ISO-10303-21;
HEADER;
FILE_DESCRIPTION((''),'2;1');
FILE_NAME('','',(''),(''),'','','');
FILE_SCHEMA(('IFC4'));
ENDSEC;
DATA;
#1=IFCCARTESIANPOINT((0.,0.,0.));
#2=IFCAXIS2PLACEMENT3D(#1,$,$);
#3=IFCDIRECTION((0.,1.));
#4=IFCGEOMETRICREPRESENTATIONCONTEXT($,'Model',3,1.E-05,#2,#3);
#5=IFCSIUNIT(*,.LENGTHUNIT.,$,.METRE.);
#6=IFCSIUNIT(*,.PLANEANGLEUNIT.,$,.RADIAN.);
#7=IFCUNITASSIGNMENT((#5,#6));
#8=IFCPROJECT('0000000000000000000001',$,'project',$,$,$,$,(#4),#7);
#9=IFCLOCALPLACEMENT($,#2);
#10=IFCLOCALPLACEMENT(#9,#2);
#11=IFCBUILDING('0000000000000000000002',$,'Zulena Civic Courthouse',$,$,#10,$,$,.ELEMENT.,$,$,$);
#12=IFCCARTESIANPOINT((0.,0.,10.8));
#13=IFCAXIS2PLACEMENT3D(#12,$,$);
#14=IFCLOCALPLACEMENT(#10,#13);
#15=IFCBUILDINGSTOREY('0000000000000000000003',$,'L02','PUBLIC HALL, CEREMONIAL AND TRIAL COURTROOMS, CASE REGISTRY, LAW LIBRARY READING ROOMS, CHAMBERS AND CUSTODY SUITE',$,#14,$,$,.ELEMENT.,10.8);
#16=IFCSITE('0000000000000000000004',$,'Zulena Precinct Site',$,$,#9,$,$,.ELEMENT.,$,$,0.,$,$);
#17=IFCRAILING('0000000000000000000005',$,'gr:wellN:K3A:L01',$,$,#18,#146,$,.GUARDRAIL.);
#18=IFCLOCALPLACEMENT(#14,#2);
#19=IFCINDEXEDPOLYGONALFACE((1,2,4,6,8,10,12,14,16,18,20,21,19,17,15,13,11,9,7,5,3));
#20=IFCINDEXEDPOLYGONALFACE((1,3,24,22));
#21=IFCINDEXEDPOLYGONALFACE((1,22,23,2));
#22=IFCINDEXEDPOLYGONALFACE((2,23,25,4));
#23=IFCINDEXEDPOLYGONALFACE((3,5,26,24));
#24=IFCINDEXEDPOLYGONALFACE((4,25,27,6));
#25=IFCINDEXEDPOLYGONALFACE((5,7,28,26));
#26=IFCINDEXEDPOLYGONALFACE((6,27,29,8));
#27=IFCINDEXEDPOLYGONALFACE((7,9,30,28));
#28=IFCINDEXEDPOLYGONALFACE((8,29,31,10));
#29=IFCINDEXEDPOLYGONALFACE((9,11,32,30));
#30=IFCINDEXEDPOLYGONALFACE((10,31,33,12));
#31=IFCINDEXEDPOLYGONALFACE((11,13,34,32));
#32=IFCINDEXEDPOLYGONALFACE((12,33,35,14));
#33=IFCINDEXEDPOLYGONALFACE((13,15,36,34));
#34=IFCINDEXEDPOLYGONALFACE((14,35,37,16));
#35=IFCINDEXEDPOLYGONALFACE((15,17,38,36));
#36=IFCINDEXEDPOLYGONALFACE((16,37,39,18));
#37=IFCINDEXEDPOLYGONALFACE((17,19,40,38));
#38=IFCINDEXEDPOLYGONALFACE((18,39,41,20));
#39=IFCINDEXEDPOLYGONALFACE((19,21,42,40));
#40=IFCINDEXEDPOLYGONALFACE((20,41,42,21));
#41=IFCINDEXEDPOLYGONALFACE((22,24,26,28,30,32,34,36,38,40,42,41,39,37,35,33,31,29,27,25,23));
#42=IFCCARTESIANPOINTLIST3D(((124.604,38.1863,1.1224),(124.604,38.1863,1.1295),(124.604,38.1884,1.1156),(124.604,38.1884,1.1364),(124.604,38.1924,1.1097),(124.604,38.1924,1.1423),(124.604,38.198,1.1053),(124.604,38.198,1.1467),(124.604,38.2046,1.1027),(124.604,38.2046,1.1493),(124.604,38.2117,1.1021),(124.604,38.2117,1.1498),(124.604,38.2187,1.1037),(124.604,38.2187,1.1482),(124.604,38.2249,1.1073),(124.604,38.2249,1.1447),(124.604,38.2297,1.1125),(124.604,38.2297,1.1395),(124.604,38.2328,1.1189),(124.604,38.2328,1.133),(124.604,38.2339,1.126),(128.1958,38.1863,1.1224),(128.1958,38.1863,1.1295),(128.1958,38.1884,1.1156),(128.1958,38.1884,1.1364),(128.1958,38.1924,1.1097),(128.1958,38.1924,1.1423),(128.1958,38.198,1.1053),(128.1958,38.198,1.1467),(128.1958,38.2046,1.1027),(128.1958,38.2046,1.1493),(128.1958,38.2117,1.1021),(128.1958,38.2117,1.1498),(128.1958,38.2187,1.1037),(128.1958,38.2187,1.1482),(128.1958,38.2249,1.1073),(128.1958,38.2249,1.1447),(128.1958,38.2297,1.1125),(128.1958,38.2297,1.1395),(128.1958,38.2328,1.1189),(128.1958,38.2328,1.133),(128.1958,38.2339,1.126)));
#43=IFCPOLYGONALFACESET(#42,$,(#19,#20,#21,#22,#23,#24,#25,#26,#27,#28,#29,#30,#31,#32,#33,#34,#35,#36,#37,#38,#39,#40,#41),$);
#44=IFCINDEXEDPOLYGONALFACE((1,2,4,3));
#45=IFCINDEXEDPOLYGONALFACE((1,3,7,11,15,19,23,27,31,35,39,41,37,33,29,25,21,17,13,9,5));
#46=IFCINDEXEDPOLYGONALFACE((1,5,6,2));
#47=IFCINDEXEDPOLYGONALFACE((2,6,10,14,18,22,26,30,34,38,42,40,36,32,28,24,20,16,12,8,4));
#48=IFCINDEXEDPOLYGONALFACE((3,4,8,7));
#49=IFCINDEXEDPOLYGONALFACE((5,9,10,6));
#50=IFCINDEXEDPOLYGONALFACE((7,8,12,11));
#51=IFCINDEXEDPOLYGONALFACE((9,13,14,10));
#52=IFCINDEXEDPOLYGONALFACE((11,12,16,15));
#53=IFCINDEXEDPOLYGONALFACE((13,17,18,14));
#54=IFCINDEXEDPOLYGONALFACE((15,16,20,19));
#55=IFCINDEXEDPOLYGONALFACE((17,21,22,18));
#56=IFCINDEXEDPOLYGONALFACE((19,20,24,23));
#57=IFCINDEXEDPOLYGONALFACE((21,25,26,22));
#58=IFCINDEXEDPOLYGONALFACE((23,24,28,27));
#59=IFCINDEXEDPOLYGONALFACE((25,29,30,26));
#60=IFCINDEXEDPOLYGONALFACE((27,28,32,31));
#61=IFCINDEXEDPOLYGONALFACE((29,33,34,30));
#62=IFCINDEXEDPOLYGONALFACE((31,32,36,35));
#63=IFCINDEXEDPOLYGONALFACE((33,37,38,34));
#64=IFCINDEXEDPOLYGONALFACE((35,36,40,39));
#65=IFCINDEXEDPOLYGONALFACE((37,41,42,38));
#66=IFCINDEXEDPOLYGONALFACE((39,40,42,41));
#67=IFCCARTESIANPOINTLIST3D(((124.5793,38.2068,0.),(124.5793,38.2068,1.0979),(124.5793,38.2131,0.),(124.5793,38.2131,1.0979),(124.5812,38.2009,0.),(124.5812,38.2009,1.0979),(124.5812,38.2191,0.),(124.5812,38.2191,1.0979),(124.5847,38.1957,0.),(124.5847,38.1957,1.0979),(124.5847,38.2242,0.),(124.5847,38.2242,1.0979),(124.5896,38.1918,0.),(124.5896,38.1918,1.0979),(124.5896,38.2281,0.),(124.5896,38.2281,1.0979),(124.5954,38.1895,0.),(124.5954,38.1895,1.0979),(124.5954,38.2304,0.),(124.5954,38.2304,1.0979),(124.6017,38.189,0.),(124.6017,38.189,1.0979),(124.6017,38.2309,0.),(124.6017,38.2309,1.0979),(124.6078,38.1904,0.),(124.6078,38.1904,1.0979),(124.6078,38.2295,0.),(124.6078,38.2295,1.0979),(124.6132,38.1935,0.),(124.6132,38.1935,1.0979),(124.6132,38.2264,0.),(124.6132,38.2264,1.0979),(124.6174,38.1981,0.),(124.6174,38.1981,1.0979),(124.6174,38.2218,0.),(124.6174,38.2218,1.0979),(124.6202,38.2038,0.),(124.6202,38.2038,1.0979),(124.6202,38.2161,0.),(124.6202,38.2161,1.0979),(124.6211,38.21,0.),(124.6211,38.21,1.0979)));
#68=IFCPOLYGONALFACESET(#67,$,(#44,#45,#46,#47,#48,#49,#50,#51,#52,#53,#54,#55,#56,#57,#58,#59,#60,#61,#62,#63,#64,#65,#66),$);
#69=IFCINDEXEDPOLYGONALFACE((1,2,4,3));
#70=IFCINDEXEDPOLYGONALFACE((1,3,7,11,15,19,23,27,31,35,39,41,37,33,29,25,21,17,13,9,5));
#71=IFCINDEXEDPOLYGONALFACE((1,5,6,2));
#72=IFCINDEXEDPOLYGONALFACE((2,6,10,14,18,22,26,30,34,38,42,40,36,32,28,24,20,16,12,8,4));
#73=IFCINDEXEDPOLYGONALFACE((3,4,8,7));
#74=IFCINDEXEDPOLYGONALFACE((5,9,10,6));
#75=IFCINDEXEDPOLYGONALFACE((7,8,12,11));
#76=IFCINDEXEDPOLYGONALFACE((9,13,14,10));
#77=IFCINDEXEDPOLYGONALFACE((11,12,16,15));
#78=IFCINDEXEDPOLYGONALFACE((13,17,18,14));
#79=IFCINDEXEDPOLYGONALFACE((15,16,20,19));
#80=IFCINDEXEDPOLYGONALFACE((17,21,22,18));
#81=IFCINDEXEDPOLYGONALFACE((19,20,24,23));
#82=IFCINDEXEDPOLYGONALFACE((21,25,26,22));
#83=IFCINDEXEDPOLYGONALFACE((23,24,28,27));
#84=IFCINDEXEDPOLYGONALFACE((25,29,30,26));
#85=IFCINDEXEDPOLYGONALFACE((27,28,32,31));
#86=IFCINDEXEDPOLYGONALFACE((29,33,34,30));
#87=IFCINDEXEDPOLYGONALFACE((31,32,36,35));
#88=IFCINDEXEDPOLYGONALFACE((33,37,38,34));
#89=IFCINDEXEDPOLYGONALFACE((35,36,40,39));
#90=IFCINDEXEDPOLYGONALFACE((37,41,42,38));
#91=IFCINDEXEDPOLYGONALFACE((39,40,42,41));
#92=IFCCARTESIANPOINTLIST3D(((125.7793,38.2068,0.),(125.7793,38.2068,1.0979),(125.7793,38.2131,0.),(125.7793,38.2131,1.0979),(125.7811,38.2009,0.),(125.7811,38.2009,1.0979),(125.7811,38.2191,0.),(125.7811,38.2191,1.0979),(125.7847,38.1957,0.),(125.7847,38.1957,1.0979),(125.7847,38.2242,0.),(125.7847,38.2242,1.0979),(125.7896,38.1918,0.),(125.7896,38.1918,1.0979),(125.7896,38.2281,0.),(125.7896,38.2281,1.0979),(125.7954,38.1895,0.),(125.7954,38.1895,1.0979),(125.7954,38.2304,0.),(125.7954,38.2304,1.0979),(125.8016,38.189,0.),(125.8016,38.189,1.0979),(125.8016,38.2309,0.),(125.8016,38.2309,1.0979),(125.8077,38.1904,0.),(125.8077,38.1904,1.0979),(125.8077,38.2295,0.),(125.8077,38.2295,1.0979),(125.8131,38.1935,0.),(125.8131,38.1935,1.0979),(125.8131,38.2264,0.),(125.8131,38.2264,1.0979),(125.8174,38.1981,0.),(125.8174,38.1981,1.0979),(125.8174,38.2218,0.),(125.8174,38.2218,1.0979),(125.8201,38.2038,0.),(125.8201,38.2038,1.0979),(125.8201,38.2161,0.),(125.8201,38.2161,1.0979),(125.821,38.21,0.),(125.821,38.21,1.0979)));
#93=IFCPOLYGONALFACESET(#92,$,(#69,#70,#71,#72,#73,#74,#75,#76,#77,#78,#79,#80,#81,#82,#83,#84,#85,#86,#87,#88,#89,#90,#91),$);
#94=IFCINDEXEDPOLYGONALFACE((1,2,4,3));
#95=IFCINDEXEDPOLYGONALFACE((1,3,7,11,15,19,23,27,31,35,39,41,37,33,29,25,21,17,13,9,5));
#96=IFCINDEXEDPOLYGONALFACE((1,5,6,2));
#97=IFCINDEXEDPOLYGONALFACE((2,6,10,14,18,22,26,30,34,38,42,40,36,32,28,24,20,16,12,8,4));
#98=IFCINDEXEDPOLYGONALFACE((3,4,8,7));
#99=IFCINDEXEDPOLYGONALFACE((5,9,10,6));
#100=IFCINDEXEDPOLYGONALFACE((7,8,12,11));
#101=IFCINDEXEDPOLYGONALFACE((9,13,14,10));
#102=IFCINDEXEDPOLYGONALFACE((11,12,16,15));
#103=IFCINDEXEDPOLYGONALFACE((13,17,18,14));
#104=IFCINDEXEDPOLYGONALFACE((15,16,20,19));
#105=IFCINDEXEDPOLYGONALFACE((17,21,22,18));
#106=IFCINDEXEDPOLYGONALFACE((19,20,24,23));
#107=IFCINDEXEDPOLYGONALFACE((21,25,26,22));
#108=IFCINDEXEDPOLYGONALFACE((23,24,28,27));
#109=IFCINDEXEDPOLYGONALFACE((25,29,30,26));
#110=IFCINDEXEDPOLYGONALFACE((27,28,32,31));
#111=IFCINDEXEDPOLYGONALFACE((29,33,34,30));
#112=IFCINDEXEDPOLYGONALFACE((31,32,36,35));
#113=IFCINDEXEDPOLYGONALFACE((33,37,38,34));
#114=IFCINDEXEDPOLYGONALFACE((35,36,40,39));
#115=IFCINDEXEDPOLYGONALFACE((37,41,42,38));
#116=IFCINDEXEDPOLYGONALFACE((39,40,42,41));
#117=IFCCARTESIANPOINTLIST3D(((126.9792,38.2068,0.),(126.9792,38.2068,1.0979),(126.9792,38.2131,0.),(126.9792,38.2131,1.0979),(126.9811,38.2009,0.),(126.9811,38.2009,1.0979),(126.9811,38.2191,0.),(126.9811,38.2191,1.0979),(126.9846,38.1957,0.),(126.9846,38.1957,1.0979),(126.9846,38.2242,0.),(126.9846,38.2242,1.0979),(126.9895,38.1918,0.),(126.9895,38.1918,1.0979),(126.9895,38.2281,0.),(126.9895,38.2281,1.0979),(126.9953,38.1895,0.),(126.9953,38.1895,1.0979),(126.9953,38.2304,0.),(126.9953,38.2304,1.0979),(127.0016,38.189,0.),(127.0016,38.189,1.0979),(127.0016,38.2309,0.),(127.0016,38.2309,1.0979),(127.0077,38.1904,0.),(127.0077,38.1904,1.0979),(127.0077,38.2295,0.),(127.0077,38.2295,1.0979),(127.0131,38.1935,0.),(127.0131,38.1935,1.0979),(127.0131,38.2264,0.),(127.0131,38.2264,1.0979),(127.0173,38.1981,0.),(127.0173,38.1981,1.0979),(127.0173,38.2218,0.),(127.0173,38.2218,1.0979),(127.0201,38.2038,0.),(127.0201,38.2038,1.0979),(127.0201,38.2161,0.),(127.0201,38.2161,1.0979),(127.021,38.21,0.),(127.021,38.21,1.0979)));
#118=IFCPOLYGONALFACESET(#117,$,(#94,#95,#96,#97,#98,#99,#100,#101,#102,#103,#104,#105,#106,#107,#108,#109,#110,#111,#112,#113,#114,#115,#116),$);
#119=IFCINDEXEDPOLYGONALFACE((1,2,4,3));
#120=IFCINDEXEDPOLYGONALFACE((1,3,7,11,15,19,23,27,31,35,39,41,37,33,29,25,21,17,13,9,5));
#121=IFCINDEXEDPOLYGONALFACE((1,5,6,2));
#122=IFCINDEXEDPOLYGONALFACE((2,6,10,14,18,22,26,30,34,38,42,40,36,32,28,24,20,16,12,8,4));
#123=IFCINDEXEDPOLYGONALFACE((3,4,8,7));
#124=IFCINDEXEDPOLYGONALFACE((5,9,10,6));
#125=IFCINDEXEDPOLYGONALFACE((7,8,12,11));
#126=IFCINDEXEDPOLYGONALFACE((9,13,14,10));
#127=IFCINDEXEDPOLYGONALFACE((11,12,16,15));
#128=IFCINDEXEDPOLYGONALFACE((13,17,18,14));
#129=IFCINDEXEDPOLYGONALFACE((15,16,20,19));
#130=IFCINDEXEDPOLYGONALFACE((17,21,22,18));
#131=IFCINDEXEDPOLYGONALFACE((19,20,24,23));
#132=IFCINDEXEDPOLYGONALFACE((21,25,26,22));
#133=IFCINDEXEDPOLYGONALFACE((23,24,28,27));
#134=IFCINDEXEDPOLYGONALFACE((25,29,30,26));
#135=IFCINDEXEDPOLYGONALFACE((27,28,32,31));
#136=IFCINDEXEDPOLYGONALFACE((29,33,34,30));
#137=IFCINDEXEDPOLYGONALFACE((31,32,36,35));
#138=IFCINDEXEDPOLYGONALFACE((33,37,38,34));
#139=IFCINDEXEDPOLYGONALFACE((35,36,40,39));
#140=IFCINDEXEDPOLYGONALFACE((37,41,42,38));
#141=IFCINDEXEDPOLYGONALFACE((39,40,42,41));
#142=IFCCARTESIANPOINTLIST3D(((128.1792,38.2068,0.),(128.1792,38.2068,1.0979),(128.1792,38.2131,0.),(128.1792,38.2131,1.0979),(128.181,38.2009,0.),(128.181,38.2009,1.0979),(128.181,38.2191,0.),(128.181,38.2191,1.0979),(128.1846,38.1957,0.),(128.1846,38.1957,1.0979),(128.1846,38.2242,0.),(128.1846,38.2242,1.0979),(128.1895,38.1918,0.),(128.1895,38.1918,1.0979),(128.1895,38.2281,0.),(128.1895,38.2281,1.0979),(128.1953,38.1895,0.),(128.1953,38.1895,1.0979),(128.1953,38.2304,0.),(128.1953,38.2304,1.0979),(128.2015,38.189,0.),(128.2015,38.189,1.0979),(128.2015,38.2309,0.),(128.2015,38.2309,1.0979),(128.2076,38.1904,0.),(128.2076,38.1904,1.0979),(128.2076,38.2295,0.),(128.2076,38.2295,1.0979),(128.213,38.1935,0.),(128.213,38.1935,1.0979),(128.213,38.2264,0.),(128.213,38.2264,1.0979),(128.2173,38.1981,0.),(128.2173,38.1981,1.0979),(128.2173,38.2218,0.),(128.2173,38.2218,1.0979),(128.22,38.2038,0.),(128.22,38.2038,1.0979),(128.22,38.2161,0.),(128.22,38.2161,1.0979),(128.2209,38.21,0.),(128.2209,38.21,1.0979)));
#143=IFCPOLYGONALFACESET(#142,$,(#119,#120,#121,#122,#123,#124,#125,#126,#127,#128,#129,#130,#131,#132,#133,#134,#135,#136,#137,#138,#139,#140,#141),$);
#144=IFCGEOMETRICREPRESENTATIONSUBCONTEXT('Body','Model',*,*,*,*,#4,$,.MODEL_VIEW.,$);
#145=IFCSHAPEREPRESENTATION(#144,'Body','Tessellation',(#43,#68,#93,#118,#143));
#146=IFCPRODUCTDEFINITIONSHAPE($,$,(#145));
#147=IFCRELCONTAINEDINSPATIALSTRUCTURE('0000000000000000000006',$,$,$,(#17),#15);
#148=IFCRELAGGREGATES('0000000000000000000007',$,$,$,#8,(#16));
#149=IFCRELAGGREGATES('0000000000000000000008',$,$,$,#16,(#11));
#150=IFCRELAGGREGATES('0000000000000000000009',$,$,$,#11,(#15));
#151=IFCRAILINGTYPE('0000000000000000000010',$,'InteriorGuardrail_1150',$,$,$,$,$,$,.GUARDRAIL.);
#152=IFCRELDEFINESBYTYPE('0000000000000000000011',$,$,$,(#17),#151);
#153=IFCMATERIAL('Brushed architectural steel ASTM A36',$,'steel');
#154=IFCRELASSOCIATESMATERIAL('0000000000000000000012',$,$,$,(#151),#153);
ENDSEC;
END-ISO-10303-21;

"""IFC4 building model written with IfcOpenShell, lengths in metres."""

from ifc_helpers import new_model, si_unit, direction, frame, origin, origin_2d, place, context, subcontext, project, spatial, circle, extrude, material, type_object, element, save


model = new_model("IFC4")

# Units and contexts
model_context = context("Model", 3, precision=1e-05, world=origin(), true_north=direction((0.0, 1.0)))
body_context = subcontext(model_context, "Body", "Model", "MODEL_VIEW")
ifc_project = project(units=[si_unit("LENGTHUNIT", "METRE"), si_unit("PLANEANGLEUNIT", "RADIAN")], contexts=[model_context])

# Site, building, storey
site_placement = place(None, origin())
site = spatial("IfcSite", under=ifc_project, at=site_placement, Name="Zulena Precinct Site", CompositionType="ELEMENT", RefElevation=0.0)
building_placement = place(site_placement, origin())
building = spatial("IfcBuilding", under=site, at=building_placement, Name="Zulena Civic Courthouse", CompositionType="ELEMENT")
storey_placement = place(building_placement, frame((0.0, 0.0, 10.8)))
storey = spatial("IfcBuildingStorey", under=building, at=storey_placement, Name="L02", Description="PUBLIC HALL, CEREMONIAL AND TRIAL COURTROOMS, CASE REGISTRY, LAW LIBRARY READING ROOMS, CHAMBERS AND CUSTODY SUITE", CompositionType="ELEMENT", Elevation=10.8)

# Railing
ifc_material_1 = material(Name="Brushed architectural steel ASTM A36", Category="steel")
railing_type = type_object("IfcRailingType", Name="InteriorGuardrail_1150", PredefinedType="GUARDRAIL", material=ifc_material_1)
railing_placement = place(storey_placement, frame((124.6001, 38.21, 0.0)))
element("IfcRailing", 1, at=railing_placement, inside=storey, type_object=railing_type, Name="gr:wellN:K3A:L01", PredefinedType="GUARDRAIL", context=body_context, shape_type="SweptSolid", body=[
    extrude(circle(Radius=0.0239, at=origin_2d()), frame((0.0039, 0.0, 1.126), z_axis=(1.0, 0.0, 0.0), x_axis=(0.0, 1.0, 0.0)), (0.0, 0.0, 1.0), 3.5918),
    extrude(circle(Radius=0.021, at=origin_2d()), origin(), (0.0, 0.0, 1.0), 1.0979),
    extrude(circle(Radius=0.021, at=origin_2d()), frame((1.2, 0.0, 0.0)), (0.0, 0.0, 1.0), 1.0979),
    extrude(circle(Radius=0.021, at=origin_2d()), frame((2.3999, 0.0, 0.0)), (0.0, 0.0, 1.0), 1.0979),
    extrude(circle(Radius=0.021, at=origin_2d()), frame((3.5999, 0.0, 0.0)), (0.0, 0.0, 1.0), 1.0979),
])

save(model, "model.ifc")
